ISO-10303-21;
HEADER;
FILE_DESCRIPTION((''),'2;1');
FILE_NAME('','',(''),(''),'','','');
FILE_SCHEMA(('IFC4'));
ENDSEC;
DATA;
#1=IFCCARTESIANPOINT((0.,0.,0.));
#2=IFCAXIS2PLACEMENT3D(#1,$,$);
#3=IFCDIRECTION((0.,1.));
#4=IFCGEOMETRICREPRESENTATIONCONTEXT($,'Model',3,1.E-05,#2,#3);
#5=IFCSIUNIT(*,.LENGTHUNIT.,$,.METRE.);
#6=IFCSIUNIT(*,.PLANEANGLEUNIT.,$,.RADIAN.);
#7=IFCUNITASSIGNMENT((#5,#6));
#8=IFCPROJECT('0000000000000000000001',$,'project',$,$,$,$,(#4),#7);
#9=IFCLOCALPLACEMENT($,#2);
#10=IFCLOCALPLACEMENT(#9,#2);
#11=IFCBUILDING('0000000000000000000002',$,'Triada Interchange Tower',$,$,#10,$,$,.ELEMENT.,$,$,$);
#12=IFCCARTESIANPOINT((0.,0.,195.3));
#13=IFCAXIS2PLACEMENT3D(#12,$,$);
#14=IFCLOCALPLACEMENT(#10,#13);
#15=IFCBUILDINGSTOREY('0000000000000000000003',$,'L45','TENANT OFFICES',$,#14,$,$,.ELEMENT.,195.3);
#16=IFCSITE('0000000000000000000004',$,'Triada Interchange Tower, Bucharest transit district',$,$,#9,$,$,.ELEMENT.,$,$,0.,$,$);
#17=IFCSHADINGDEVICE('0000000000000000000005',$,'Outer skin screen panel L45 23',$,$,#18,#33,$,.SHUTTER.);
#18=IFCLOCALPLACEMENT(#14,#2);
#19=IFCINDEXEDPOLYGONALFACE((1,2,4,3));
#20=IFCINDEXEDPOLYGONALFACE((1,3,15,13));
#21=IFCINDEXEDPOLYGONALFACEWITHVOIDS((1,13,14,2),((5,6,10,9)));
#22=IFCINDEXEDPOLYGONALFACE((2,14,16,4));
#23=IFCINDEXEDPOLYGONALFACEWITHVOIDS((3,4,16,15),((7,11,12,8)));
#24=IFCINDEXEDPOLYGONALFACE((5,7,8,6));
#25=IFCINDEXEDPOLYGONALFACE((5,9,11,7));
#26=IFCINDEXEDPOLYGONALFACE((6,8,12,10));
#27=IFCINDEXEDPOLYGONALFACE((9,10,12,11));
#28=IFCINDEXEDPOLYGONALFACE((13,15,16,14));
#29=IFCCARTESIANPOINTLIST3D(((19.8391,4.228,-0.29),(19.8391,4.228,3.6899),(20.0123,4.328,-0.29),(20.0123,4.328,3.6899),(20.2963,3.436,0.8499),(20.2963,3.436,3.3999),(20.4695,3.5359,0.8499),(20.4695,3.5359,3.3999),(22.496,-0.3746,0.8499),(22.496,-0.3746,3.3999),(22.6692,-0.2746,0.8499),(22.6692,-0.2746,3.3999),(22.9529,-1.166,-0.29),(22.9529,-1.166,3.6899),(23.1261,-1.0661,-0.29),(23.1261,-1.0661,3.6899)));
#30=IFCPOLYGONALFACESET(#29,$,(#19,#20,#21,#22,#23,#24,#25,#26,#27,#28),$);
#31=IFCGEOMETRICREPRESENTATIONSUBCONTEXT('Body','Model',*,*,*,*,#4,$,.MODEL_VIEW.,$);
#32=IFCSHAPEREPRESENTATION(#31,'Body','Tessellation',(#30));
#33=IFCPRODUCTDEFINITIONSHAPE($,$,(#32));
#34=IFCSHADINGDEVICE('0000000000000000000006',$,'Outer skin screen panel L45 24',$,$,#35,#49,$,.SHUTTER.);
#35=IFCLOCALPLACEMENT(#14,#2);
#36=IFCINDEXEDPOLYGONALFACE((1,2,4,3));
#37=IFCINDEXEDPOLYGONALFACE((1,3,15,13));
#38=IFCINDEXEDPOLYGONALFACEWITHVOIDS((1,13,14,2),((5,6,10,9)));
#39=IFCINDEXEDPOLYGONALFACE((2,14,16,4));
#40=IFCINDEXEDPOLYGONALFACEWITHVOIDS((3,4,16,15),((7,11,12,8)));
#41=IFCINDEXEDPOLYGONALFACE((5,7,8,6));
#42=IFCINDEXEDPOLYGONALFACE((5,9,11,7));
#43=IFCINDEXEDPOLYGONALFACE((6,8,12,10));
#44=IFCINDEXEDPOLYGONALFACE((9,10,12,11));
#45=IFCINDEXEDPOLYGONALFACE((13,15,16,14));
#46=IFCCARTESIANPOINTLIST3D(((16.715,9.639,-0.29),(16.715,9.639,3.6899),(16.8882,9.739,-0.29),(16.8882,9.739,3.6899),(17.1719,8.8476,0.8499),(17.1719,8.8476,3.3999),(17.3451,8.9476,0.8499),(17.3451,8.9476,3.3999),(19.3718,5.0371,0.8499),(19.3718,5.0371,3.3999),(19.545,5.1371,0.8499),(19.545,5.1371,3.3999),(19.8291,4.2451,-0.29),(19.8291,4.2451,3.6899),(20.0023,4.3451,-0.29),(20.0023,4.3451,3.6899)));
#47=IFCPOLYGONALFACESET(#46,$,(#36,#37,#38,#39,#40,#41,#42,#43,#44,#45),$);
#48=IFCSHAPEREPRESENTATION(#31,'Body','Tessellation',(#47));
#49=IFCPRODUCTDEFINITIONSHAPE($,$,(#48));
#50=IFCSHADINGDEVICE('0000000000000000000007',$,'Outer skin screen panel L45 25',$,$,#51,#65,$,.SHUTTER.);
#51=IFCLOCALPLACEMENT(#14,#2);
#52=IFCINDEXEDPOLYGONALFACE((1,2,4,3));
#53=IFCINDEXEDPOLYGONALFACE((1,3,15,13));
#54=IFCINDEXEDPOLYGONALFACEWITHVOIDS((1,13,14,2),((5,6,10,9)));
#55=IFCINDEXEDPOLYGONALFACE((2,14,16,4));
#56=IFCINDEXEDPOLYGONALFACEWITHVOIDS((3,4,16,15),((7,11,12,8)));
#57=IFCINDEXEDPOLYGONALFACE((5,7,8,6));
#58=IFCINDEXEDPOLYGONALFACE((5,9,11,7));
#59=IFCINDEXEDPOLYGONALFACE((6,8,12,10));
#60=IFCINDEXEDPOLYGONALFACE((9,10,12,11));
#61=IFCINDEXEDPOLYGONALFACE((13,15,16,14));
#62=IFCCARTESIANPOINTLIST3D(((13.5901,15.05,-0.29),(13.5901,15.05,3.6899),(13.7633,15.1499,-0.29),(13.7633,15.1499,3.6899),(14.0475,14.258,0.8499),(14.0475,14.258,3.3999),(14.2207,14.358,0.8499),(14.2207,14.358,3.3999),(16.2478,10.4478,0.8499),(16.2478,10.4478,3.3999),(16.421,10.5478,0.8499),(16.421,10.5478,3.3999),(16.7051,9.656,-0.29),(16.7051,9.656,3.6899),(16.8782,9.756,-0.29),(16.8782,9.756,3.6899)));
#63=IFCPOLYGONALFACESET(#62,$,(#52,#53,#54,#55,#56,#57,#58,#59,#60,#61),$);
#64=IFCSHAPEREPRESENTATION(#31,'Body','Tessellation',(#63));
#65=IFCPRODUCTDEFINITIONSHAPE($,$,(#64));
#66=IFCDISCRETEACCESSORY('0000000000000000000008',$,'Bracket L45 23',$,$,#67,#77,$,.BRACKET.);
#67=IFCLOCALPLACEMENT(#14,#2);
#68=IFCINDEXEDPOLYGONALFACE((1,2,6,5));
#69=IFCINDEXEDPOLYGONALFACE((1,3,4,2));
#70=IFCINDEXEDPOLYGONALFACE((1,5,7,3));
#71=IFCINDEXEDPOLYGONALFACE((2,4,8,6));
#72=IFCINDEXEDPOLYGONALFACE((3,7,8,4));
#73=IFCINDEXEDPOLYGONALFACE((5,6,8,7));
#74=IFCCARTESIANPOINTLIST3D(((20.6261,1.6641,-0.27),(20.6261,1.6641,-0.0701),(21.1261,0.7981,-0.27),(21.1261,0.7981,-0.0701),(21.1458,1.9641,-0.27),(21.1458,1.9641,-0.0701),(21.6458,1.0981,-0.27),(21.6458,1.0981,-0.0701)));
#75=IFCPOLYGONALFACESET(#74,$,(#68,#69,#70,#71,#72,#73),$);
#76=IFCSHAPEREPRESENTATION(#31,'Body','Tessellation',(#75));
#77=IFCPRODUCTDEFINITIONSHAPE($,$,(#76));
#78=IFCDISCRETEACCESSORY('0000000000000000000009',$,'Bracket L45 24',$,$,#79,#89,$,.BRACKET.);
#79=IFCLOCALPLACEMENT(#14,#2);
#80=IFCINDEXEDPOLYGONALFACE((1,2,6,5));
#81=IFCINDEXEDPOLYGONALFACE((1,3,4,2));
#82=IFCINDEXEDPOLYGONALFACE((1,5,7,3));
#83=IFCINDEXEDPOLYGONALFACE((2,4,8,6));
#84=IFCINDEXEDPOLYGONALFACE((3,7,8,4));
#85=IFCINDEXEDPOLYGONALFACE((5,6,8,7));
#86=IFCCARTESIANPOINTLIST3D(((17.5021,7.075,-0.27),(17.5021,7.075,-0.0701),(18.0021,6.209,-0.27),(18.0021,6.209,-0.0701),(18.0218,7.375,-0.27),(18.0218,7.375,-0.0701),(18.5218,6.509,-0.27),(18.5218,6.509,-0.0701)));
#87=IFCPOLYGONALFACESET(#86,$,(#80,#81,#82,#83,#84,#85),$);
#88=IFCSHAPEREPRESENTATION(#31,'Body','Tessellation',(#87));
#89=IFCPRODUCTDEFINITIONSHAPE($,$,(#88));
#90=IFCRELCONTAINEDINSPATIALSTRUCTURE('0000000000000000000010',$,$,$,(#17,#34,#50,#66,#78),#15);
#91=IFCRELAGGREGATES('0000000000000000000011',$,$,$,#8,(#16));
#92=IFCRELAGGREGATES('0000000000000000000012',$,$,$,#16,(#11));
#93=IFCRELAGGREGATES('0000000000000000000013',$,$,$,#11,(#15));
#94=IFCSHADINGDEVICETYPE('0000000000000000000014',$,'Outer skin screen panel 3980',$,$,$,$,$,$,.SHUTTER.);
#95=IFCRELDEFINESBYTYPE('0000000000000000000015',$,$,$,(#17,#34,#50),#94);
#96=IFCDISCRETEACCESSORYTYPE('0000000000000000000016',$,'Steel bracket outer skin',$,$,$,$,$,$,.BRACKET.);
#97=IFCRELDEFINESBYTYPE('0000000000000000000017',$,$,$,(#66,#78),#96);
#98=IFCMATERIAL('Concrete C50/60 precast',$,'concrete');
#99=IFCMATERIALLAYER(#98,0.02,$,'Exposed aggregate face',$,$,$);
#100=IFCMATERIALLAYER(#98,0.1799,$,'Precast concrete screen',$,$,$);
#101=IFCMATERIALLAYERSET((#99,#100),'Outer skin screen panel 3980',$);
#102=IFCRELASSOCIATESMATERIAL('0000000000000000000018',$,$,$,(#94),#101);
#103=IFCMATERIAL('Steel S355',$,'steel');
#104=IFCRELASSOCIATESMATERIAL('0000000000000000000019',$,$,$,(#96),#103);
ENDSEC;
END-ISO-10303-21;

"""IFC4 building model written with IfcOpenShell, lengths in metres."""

from ifc_helpers import new_model, si_unit, direction, frame, origin, origin_2d, place, context, subcontext, project, spatial, polyline, rectangle, outline, extrude, material, layer, layer_set, type_object, element, save


model = new_model("IFC4")

# Units and contexts
model_context = context("Model", 3, precision=1e-05, world=origin(), true_north=direction((0.0, 1.0)))
body_context = subcontext(model_context, "Body", "Model", "MODEL_VIEW")
ifc_project = project(units=[si_unit("LENGTHUNIT", "METRE"), si_unit("PLANEANGLEUNIT", "RADIAN")], contexts=[model_context])

# Site, building, storey
site_placement = place(None, origin())
site = spatial("IfcSite", under=ifc_project, at=site_placement, Name="Triada Interchange Tower, Bucharest transit district", CompositionType="ELEMENT", RefElevation=0.0)
building_placement = place(site_placement, origin())
building = spatial("IfcBuilding", under=site, at=building_placement, Name="Triada Interchange Tower", CompositionType="ELEMENT")
storey_placement = place(building_placement, frame((0.0, 0.0, 195.3)))
storey = spatial("IfcBuildingStorey", under=building, at=storey_placement, Name="L45", Description="TENANT OFFICES", CompositionType="ELEMENT", Elevation=195.3)

# Shading devices
ifc_material_1 = material(Name="Concrete C50/60 precast", Category="concrete")
ifc_layer_1 = layer(ifc_material_1, 0.02, Name="Exposed aggregate face")
ifc_layer_2 = layer(ifc_material_1, 0.1799, Name="Precast concrete screen")
ifc_layer_set_1 = layer_set([ifc_layer_1, ifc_layer_2], Name="Outer skin screen panel 3980")
shading_device_type = type_object("IfcShadingDeviceType", Name="Outer skin screen panel 3980", PredefinedType="SHUTTER", material=ifc_layer_set_1)
shading_device_1_placement = place(storey_placement, frame((22.9529, -1.166, -0.29), z_axis=(0.0, 0.0, 1.0), x_axis=(-0.499942, 0.866059, 0.0)))
element("IfcShadingDevice", 1, at=shading_device_1_placement, inside=storey, type_object=shading_device_type, Name="Outer skin screen panel L45 23", PredefinedType="SHUTTER", context=body_context, shape_type="SweptSolid", body=[
    extrude(outline(polyline([(0.0, 0.0), (6.2283, 0.0), (6.2283, 3.98), (0.0, 3.98), (0.0, 0.0)]), holes=[polyline([(0.9138, 1.1399), (0.9138, 3.6899), (5.3137, 3.6899), (5.3137, 1.1399), (0.9138, 1.1399)])]), frame((0.0, 0.0, 0.0), z_axis=(0.0, -1.0, 0.0), x_axis=(1.0, 0.0, 0.0)), (0.0, 0.0, 1.0), 0.2),
])
shading_device_2_placement = place(storey_placement, frame((19.8291, 4.2451, -0.29), z_axis=(0.0, 0.0, 1.0), x_axis=(-0.499988, 0.866032, 0.0)))
element("IfcShadingDevice", 2, at=shading_device_2_placement, inside=storey, type_object=shading_device_type, Name="Outer skin screen panel L45 24", PredefinedType="SHUTTER", context=body_context, shape_type="SweptSolid", body=[
    extrude(outline(polyline([(0.0, 0.0), (6.2283, 0.0), (6.2283, 3.98), (0.0, 3.98), (0.0, 0.0)]), holes=[polyline([(0.9146, 1.1399), (0.9146, 3.6899), (5.3145, 3.6899), (5.3145, 1.1399), (0.9146, 1.1399)])]), frame((0.0, 0.0, 0.0), z_axis=(0.0, -1.0, 0.0), x_axis=(1.0, 0.0, 0.0)), (0.0, 0.0, 1.0), 0.2),
])
shading_device_3_placement = place(storey_placement, frame((16.7051, 9.656, -0.29), z_axis=(0.0, 0.0, 1.0), x_axis=(-0.500089, 0.865974, 0.0)))
element("IfcShadingDevice", 3, at=shading_device_3_placement, inside=storey, type_object=shading_device_type, Name="Outer skin screen panel L45 25", PredefinedType="SHUTTER", context=body_context, shape_type="SweptSolid", body=[
    extrude(outline(polyline([(0.0, 0.0), (6.2288, 0.0), (6.2288, 3.98), (0.0, 3.98), (0.0, 0.0)]), holes=[polyline([(0.9143, 1.1399), (0.9143, 3.6899), (5.3142, 3.6899), (5.3142, 1.1399), (0.9143, 1.1399)])]), frame((0.0, 0.0, 0.0), z_axis=(0.0, -1.0, 0.0), x_axis=(1.0, 0.0, 0.0)), (0.0, 0.0, 1.0), 0.2),
])

# Discrete accessories
ifc_material_2 = material(Name="Steel S355", Category="steel")
discrete_accessory_type = type_object("IfcDiscreteAccessoryType", Name="Steel bracket outer skin", PredefinedType="BRACKET", material=ifc_material_2)
for number, where, z_axis, x_axis, name in (
    (4, (21.136, 1.3811, -0.27), (0.0, 0.0, 1.0), (0.866023, 0.500003, 0.0), "Bracket L45 23"),
    (5, (18.012, 6.792, -0.27), (0.0, 0.0, 1.0), (0.866023, 0.500003, 0.0), "Bracket L45 24"),
):
    element("IfcDiscreteAccessory", number, at=place(storey_placement, frame(where, z_axis=z_axis, x_axis=x_axis)), inside=storey, type_object=discrete_accessory_type, Name=name, PredefinedType="BRACKET", context=body_context, shape_type="SweptSolid", body=[
        extrude(rectangle(XDim=0.6001, YDim=1.0, at=origin_2d()), origin(), (0.0, 0.0, 1.0), 0.2),
    ])

save(model, "model.ifc")
